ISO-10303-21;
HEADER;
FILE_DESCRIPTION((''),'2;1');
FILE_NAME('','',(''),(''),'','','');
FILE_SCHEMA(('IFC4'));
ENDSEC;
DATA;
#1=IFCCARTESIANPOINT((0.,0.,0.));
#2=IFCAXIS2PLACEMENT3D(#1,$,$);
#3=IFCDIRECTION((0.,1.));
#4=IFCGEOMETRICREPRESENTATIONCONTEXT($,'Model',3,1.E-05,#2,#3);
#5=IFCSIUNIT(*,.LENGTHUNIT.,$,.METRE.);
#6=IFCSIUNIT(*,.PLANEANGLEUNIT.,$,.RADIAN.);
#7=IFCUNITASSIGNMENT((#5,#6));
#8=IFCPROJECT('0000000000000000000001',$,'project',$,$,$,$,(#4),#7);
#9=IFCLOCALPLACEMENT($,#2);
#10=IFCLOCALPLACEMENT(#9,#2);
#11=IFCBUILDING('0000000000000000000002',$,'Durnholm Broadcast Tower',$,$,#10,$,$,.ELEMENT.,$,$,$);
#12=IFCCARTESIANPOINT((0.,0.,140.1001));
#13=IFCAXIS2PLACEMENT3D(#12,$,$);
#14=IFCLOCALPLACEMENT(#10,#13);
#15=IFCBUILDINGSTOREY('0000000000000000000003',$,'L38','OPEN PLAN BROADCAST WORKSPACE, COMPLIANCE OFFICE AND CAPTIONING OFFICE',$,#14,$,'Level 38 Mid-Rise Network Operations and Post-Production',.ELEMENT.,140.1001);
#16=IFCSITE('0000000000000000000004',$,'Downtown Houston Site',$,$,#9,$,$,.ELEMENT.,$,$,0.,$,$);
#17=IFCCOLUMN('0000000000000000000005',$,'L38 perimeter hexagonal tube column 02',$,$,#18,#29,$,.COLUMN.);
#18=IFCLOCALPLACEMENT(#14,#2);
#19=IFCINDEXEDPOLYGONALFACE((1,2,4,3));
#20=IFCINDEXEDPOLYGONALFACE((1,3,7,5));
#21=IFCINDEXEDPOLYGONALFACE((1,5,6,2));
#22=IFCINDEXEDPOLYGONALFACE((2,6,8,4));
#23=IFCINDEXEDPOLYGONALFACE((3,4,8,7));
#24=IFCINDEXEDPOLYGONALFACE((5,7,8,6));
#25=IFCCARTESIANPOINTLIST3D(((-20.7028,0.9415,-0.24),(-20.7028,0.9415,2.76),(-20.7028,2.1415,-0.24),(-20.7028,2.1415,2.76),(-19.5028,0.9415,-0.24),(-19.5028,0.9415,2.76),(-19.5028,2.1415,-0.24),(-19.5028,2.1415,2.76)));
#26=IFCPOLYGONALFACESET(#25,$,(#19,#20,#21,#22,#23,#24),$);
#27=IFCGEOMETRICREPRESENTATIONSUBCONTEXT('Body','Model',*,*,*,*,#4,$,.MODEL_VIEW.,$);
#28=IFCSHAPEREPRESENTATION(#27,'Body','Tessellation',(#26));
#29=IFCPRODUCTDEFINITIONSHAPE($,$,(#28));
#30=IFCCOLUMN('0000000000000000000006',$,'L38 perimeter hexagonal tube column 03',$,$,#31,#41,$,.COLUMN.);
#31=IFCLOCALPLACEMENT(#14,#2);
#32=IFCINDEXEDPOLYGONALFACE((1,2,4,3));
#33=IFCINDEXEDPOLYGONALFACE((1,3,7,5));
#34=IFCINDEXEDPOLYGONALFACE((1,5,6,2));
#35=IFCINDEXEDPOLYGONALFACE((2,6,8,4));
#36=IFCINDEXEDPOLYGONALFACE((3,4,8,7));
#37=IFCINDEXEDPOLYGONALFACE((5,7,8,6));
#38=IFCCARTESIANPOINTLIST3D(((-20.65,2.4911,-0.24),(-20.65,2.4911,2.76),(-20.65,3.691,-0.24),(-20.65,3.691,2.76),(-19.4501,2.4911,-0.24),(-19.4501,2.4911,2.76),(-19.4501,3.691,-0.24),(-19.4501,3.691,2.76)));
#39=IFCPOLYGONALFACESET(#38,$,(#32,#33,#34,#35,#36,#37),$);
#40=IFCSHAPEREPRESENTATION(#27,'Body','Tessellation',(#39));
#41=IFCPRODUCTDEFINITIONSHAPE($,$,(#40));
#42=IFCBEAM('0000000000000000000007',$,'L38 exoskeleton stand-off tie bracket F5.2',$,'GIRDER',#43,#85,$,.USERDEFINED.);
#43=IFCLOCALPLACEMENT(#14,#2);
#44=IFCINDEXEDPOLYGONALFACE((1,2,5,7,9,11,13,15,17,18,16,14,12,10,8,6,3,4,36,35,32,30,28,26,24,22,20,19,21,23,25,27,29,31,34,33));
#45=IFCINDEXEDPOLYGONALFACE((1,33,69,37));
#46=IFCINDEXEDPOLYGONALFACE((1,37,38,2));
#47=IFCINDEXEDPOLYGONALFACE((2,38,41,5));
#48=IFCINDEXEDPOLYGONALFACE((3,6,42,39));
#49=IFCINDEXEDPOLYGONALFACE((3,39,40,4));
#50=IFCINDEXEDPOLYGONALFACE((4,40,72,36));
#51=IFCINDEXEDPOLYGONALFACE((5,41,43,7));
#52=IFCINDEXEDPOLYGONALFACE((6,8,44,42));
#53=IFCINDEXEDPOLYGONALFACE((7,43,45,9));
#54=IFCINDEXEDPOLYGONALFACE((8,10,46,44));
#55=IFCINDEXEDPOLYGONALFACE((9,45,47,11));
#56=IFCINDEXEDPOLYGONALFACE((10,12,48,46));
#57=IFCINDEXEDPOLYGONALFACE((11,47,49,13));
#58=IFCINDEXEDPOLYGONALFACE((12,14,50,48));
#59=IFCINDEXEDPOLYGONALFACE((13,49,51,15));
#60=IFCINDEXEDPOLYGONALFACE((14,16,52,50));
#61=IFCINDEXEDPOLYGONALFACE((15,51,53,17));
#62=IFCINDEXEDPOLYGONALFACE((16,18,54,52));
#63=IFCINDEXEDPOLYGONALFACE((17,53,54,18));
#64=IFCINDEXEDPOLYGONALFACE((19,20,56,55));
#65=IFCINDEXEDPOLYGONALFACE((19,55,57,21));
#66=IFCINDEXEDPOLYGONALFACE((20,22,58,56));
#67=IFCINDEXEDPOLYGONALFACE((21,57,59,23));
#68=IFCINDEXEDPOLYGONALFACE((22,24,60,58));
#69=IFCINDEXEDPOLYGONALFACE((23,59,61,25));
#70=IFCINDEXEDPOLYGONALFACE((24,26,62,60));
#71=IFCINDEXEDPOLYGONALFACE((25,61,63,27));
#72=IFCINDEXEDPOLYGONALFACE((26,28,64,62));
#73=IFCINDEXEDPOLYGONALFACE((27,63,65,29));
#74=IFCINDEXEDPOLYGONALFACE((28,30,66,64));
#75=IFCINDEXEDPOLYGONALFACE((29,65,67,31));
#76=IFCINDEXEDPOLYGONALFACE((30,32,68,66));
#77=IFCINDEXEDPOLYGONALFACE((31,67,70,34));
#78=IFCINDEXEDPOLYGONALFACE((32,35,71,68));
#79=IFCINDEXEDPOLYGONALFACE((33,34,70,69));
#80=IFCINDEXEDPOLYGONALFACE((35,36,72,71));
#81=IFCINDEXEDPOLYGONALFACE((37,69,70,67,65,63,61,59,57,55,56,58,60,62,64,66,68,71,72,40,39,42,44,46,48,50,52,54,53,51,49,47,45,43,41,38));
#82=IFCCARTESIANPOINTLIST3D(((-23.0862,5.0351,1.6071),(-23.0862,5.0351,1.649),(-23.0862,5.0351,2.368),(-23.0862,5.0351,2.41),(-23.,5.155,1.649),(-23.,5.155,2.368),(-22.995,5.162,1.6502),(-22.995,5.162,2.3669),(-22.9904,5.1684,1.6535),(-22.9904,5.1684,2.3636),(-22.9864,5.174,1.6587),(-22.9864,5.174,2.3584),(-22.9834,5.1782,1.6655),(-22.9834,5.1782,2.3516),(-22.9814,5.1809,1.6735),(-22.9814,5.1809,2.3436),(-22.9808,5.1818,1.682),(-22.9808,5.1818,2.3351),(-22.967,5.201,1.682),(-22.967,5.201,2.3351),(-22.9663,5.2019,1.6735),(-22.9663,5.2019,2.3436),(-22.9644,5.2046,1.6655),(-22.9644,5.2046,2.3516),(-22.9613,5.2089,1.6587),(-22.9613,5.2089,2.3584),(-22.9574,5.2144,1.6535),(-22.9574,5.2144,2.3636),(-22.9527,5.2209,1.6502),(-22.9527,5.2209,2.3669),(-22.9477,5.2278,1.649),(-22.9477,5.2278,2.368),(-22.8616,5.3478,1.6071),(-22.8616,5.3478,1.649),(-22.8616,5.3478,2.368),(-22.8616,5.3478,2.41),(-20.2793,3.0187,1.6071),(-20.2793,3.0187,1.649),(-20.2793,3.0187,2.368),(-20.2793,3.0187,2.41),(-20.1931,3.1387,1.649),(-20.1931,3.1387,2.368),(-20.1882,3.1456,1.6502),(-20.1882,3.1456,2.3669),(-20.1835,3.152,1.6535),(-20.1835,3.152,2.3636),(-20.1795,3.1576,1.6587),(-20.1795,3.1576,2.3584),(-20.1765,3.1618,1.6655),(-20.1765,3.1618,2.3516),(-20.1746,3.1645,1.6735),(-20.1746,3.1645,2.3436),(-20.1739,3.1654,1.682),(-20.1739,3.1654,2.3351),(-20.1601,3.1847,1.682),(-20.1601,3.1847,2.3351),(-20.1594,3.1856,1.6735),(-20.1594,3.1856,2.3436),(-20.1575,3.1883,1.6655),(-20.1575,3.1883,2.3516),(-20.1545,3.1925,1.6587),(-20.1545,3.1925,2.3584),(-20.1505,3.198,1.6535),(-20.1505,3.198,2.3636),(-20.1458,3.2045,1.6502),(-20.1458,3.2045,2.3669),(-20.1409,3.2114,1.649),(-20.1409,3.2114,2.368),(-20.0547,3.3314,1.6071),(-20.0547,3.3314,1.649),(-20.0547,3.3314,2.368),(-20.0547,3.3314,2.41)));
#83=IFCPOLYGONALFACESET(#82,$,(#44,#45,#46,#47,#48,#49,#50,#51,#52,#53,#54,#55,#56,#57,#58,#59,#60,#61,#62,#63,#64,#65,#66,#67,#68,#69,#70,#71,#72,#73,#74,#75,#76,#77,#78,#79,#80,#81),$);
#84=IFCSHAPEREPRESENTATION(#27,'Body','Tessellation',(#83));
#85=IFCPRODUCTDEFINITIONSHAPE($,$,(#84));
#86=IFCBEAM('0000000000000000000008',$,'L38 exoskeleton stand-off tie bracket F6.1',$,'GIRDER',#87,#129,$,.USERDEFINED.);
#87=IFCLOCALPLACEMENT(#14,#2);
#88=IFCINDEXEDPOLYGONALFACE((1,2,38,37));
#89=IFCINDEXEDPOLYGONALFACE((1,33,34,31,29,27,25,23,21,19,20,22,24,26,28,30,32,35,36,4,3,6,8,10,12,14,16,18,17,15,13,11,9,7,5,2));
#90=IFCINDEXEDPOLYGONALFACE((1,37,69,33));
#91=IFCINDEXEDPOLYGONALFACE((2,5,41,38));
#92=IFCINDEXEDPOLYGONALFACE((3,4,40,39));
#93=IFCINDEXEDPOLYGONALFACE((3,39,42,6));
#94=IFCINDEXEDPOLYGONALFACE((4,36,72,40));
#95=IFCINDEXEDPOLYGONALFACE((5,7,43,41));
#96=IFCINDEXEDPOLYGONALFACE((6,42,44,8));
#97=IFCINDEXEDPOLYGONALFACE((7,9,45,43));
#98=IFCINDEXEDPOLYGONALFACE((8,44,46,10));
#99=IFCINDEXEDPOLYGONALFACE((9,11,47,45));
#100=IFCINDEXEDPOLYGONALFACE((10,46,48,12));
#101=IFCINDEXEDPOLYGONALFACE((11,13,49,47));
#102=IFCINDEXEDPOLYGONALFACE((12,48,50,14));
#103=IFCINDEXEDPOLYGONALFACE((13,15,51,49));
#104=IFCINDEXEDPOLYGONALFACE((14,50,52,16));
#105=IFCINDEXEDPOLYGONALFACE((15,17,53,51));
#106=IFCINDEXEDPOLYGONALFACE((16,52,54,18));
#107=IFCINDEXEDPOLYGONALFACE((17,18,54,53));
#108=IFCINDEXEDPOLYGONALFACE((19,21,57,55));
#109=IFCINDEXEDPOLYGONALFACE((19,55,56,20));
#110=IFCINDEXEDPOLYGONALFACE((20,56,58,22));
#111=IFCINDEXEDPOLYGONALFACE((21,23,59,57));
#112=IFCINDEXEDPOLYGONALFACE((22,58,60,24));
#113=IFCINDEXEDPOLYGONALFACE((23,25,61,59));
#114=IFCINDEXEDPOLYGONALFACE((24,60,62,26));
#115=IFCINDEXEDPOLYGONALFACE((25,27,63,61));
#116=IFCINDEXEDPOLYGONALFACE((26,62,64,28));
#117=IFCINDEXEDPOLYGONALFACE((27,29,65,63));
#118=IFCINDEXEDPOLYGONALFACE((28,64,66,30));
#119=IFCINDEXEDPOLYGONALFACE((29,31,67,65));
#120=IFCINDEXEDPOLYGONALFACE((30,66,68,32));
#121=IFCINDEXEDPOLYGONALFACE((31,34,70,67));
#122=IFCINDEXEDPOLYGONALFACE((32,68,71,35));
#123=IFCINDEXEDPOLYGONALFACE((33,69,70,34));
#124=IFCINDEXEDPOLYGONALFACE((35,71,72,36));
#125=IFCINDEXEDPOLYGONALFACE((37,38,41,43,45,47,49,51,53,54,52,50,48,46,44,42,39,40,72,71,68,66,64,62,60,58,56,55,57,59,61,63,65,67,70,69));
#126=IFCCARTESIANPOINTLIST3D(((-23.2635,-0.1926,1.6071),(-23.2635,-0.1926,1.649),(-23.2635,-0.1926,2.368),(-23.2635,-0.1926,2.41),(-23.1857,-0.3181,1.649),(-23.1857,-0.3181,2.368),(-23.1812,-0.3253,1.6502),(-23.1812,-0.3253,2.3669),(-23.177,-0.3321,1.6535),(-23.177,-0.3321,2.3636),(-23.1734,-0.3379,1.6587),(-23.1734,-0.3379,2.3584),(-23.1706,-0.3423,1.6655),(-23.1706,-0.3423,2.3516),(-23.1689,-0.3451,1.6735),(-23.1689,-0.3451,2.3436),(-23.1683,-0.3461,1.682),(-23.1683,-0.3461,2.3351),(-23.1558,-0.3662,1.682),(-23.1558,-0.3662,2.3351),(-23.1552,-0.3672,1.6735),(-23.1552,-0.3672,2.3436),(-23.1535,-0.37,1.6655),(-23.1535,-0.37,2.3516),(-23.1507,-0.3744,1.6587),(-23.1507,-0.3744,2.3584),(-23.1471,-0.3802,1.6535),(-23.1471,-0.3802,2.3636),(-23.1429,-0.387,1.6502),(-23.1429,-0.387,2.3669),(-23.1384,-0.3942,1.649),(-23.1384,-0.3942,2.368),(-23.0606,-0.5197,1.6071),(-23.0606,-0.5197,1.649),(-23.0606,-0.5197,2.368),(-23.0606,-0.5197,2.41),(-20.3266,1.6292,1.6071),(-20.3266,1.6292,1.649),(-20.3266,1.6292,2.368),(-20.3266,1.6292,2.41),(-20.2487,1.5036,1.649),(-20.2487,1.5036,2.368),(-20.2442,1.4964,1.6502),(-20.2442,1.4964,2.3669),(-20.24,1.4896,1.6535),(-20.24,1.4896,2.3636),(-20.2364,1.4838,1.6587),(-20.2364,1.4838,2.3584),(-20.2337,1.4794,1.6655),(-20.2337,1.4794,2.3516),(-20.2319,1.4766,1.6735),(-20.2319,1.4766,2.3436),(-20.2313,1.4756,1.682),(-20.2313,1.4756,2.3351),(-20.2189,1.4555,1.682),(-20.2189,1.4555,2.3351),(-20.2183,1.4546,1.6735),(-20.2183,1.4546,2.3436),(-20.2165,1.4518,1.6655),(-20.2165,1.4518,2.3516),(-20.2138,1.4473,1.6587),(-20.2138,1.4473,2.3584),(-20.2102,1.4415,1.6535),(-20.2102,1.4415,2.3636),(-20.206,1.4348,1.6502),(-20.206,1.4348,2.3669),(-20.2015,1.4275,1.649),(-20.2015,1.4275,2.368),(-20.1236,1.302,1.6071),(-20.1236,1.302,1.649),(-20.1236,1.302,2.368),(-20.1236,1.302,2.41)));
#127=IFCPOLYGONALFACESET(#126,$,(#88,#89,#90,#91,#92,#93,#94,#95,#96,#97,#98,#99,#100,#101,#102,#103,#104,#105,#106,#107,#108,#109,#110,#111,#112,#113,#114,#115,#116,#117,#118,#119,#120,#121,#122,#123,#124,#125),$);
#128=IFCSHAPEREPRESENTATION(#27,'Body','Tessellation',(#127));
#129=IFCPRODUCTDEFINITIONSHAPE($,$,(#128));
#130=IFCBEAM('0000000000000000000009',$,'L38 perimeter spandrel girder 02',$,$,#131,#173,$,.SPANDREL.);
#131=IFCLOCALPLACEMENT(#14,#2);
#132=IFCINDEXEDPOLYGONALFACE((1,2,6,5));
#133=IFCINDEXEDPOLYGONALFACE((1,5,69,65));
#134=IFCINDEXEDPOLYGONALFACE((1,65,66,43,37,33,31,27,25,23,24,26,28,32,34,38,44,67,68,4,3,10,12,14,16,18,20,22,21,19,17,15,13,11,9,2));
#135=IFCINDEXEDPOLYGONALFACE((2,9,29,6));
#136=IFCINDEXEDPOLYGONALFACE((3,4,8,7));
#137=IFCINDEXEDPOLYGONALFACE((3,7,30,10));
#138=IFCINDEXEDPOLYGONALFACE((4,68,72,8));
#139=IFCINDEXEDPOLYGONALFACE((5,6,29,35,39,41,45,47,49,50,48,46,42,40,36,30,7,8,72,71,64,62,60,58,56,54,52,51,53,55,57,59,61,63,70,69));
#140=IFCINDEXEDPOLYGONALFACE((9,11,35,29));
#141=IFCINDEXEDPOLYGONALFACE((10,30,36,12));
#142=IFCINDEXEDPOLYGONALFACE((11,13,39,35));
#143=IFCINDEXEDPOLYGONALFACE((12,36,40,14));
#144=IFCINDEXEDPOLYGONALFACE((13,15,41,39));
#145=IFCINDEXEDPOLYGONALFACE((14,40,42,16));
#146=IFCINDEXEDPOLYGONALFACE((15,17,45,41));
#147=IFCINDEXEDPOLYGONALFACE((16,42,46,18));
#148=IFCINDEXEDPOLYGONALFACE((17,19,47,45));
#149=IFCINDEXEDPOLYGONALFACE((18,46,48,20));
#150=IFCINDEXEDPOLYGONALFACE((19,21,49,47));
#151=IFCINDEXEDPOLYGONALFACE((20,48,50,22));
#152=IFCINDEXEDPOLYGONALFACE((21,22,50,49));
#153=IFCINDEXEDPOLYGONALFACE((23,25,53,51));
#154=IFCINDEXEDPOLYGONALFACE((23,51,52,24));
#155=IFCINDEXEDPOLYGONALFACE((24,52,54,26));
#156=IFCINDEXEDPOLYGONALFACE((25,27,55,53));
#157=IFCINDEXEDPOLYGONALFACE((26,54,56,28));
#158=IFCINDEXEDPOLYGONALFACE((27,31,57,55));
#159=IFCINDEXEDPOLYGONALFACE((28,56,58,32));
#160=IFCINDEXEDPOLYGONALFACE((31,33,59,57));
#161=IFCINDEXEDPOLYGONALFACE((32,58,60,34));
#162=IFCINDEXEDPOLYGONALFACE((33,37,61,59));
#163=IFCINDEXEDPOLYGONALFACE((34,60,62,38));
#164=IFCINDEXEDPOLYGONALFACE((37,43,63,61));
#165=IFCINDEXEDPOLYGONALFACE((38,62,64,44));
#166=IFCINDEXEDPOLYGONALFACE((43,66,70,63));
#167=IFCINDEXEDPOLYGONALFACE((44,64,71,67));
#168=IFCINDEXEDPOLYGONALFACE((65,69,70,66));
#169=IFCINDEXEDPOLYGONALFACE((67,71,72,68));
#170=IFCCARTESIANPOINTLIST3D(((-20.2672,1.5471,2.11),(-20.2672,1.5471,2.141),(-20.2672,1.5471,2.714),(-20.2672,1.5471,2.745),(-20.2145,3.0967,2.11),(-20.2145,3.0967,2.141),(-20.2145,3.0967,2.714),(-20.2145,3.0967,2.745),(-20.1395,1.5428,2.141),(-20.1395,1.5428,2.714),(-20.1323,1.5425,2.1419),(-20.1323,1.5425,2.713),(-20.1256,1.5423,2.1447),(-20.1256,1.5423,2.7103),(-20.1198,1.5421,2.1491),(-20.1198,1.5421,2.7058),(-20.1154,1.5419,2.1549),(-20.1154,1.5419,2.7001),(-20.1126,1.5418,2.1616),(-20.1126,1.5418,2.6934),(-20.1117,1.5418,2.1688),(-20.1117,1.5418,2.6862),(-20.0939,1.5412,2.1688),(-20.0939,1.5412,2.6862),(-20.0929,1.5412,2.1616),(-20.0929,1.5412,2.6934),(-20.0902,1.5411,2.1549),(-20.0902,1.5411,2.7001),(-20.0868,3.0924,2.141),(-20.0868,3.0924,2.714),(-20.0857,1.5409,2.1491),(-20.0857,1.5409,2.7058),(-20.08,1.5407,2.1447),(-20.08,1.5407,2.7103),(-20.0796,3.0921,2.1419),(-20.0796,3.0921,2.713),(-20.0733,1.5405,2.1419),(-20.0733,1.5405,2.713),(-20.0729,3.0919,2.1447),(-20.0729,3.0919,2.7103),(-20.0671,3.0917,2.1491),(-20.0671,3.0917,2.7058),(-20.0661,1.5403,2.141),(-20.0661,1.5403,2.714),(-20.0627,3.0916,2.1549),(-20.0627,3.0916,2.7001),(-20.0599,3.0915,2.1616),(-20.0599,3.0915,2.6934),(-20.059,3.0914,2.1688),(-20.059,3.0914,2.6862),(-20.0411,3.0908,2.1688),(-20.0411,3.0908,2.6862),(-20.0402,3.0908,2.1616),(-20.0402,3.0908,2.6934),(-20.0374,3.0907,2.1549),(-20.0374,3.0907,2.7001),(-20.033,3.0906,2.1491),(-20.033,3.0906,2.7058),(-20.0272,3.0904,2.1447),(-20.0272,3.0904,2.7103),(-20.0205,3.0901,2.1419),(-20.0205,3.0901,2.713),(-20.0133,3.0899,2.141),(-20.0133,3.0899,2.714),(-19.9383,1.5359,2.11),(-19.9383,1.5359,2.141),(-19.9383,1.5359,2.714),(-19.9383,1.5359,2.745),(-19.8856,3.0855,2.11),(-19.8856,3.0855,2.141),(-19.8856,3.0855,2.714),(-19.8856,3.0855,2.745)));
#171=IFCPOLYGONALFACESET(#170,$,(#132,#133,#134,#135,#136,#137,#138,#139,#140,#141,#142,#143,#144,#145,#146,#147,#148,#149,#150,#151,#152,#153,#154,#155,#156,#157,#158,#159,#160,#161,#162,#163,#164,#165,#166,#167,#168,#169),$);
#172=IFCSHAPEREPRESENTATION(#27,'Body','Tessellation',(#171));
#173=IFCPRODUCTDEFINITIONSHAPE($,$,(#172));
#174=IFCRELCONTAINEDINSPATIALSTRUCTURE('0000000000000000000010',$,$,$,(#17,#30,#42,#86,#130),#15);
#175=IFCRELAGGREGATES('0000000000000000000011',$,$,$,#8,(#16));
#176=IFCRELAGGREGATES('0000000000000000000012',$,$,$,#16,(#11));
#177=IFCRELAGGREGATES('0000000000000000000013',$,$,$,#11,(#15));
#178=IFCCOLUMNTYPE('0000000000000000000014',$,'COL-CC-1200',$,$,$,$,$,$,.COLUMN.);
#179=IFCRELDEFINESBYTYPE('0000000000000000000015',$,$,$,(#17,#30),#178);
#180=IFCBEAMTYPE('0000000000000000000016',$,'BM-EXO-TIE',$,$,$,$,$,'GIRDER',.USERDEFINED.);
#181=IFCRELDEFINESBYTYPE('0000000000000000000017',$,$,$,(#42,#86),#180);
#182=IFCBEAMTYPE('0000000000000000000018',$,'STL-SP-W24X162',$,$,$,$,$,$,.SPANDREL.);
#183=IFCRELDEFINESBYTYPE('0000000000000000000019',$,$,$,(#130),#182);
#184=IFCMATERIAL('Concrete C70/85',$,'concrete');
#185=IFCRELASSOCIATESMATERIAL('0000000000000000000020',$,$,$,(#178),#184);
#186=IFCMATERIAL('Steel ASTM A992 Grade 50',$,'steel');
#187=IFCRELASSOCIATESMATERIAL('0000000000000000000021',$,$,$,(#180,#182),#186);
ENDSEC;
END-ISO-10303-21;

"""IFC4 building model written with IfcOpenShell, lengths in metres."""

from ifc_helpers import new_model, si_unit, direction, frame, origin, origin_2d, place, context, subcontext, project, spatial, rectangle, i_section, extrude, source, transform, mapped, material, material_profile, profile_set, type_object, type_shapes, element, save


model = new_model("IFC4")

# Units and contexts
model_context = context("Model", 3, precision=1e-05, world=origin(), true_north=direction((0.0, 1.0)))
body_context = subcontext(model_context, "Body", "Model", "MODEL_VIEW")
ifc_project = project(units=[si_unit("LENGTHUNIT", "METRE"), si_unit("PLANEANGLEUNIT", "RADIAN")], contexts=[model_context])

# Site, building, storey
site_placement = place(None, origin())
site = spatial("IfcSite", under=ifc_project, at=site_placement, Name="Downtown Houston Site", CompositionType="ELEMENT", RefElevation=0.0)
building_placement = place(site_placement, origin())
building = spatial("IfcBuilding", under=site, at=building_placement, Name="Durnholm Broadcast Tower", CompositionType="ELEMENT")
storey_placement = place(building_placement, frame((0.0, 0.0, 140.1001)))
storey = spatial("IfcBuildingStorey", under=building, at=storey_placement, Name="L38", Description="OPEN PLAN BROADCAST WORKSPACE, COMPLIANCE OFFICE AND CAPTIONING OFFICE", LongName="Level 38 Mid-Rise Network Operations and Post-Production", CompositionType="ELEMENT", Elevation=140.1001)

# Columns
ifc_material_1 = material(Name="Concrete C70/85", Category="concrete")
ifc_material_profile_1 = material_profile(ifc_material_1, rectangle(XDim=1.2, YDim=1.2, at=origin_2d()), Name="RC1200X1200")
ifc_profile_set_1 = profile_set([ifc_material_profile_1], Name="Concrete C70/85")
column_type = type_object("IfcColumnType", Name="COL-CC-1200", PredefinedType="COLUMN", material=ifc_profile_set_1)
shared_shape_1 = source(origin(), body_context, "Body", "SweptSolid", [
    extrude(rectangle(XDim=1.2, YDim=1.2, at=origin_2d()), origin(), (0.0, 0.0, 1.0), 3.0),
])
type_shapes(column_type, [shared_shape_1])
for number, where, z_axis, x_axis, name in (
    (1, (-20.1028, 1.5415, -0.24), (0.0, 0.0, 1.0), (1.0, 0.0, 0.0), "L38 perimeter hexagonal tube column 02"),
    (2, (-20.05, 3.0911, -0.24), (0.0, 0.0, 1.0), (1.0, 0.0, 0.0), "L38 perimeter hexagonal tube column 03"),
):
    element("IfcColumn", number, at=place(storey_placement, frame(where, z_axis=z_axis, x_axis=x_axis)), inside=storey, type_object=column_type, Name=name, PredefinedType="COLUMN", context=body_context, shape_type="MappedRepresentation", body=[
        mapped(shared_shape_1, transform((0.0, 0.0, 0.0), x_axis=(1.0, 0.0, 0.0), y_axis=(0.0, 1.0, 0.0), z_axis=(0.0, 0.0, 1.0), scale=1.0)),
    ])

# Beams
ifc_material_2 = material(Name="Steel ASTM A992 Grade 50", Category="steel")
ifc_material_profile_2 = material_profile(ifc_material_2, i_section(OverallWidth=0.385, OverallDepth=0.803, WebThickness=0.0237, FlangeThickness=0.042, FilletRadius=0.033, at=origin_2d()), Name="W30X261")
ifc_profile_set_2 = profile_set([ifc_material_profile_2], Name="Steel ASTM A992 Grade 50")
beam_type_1 = type_object("IfcBeamType", Name="BM-EXO-TIE", ElementType="GIRDER", PredefinedType="USERDEFINED", material=ifc_profile_set_2)
shared_shape_2 = source(origin(), body_context, "Body", "SweptSolid", [
    extrude(i_section(OverallWidth=0.385, OverallDepth=0.803, WebThickness=0.0237, FlangeThickness=0.042, FilletRadius=0.033, at=origin_2d()), origin(), (0.0, 0.0, 1.0), 3.4561),
])
type_shapes(beam_type_1, [shared_shape_2])
for number, where, z_axis, x_axis, name in (
    (3, (-20.167, 3.175, 2.0085), (-0.812165, 0.583428, 0.0), (-0.583428, -0.812165, 0.0), "L38 exoskeleton stand-off tie bracket F5.2"),
    (4, (-20.2251, 1.4656, 2.0085), (-0.849795, -0.527113, 0.0), (0.527113, -0.849795, 0.0), "L38 exoskeleton stand-off tie bracket F6.1"),
):
    element("IfcBeam", number, at=place(storey_placement, frame(where, z_axis=z_axis, x_axis=x_axis)), inside=storey, type_object=beam_type_1, Name=name, ObjectType="GIRDER", PredefinedType="USERDEFINED", context=body_context, shape_type="MappedRepresentation", body=[
        mapped(shared_shape_2, transform((0.0, 0.0, 0.0), x_axis=(1.0, 0.0, 0.0), y_axis=(0.0, 1.0, 0.0), z_axis=(0.0, 0.0, 1.0), scale=1.0)),
    ])
ifc_material_profile_3 = material_profile(ifc_material_2, i_section(OverallWidth=0.3291, OverallDepth=0.635, WebThickness=0.0178, FlangeThickness=0.031, FilletRadius=0.0278, at=origin_2d()), Name="W24X162")
ifc_profile_set_3 = profile_set([ifc_material_profile_3], Name="Steel ASTM A992 Grade 50")
beam_type_2 = type_object("IfcBeamType", Name="STL-SP-W24X162", PredefinedType="SPANDREL", material=ifc_profile_set_3)
shared_shape_3 = source(origin(), body_context, "Body", "SweptSolid", [
    extrude(i_section(OverallWidth=0.3291, OverallDepth=0.635, WebThickness=0.0178, FlangeThickness=0.031, FilletRadius=0.0278, at=origin_2d()), origin(), (0.0, 0.0, 1.0), 1.5505),
])
beam_1_placement = place(storey_placement, frame((-20.1028, 1.5415, 2.4275), z_axis=(0.034012, 0.999421, 0.0), x_axis=(-0.999421, 0.034012, 0.0)))
element("IfcBeam", 5, at=beam_1_placement, inside=storey, type_object=beam_type_2, Name="L38 perimeter spandrel girder 02", PredefinedType="SPANDREL", context=body_context, shape_type="MappedRepresentation", body=[
    mapped(shared_shape_3, transform((0.0, 0.0, 0.0), x_axis=(1.0, 0.0, 0.0), y_axis=(0.0, 1.0, 0.0), z_axis=(0.0, 0.0, 1.0), scale=1.0)),
])

save(model, "model.ifc")
